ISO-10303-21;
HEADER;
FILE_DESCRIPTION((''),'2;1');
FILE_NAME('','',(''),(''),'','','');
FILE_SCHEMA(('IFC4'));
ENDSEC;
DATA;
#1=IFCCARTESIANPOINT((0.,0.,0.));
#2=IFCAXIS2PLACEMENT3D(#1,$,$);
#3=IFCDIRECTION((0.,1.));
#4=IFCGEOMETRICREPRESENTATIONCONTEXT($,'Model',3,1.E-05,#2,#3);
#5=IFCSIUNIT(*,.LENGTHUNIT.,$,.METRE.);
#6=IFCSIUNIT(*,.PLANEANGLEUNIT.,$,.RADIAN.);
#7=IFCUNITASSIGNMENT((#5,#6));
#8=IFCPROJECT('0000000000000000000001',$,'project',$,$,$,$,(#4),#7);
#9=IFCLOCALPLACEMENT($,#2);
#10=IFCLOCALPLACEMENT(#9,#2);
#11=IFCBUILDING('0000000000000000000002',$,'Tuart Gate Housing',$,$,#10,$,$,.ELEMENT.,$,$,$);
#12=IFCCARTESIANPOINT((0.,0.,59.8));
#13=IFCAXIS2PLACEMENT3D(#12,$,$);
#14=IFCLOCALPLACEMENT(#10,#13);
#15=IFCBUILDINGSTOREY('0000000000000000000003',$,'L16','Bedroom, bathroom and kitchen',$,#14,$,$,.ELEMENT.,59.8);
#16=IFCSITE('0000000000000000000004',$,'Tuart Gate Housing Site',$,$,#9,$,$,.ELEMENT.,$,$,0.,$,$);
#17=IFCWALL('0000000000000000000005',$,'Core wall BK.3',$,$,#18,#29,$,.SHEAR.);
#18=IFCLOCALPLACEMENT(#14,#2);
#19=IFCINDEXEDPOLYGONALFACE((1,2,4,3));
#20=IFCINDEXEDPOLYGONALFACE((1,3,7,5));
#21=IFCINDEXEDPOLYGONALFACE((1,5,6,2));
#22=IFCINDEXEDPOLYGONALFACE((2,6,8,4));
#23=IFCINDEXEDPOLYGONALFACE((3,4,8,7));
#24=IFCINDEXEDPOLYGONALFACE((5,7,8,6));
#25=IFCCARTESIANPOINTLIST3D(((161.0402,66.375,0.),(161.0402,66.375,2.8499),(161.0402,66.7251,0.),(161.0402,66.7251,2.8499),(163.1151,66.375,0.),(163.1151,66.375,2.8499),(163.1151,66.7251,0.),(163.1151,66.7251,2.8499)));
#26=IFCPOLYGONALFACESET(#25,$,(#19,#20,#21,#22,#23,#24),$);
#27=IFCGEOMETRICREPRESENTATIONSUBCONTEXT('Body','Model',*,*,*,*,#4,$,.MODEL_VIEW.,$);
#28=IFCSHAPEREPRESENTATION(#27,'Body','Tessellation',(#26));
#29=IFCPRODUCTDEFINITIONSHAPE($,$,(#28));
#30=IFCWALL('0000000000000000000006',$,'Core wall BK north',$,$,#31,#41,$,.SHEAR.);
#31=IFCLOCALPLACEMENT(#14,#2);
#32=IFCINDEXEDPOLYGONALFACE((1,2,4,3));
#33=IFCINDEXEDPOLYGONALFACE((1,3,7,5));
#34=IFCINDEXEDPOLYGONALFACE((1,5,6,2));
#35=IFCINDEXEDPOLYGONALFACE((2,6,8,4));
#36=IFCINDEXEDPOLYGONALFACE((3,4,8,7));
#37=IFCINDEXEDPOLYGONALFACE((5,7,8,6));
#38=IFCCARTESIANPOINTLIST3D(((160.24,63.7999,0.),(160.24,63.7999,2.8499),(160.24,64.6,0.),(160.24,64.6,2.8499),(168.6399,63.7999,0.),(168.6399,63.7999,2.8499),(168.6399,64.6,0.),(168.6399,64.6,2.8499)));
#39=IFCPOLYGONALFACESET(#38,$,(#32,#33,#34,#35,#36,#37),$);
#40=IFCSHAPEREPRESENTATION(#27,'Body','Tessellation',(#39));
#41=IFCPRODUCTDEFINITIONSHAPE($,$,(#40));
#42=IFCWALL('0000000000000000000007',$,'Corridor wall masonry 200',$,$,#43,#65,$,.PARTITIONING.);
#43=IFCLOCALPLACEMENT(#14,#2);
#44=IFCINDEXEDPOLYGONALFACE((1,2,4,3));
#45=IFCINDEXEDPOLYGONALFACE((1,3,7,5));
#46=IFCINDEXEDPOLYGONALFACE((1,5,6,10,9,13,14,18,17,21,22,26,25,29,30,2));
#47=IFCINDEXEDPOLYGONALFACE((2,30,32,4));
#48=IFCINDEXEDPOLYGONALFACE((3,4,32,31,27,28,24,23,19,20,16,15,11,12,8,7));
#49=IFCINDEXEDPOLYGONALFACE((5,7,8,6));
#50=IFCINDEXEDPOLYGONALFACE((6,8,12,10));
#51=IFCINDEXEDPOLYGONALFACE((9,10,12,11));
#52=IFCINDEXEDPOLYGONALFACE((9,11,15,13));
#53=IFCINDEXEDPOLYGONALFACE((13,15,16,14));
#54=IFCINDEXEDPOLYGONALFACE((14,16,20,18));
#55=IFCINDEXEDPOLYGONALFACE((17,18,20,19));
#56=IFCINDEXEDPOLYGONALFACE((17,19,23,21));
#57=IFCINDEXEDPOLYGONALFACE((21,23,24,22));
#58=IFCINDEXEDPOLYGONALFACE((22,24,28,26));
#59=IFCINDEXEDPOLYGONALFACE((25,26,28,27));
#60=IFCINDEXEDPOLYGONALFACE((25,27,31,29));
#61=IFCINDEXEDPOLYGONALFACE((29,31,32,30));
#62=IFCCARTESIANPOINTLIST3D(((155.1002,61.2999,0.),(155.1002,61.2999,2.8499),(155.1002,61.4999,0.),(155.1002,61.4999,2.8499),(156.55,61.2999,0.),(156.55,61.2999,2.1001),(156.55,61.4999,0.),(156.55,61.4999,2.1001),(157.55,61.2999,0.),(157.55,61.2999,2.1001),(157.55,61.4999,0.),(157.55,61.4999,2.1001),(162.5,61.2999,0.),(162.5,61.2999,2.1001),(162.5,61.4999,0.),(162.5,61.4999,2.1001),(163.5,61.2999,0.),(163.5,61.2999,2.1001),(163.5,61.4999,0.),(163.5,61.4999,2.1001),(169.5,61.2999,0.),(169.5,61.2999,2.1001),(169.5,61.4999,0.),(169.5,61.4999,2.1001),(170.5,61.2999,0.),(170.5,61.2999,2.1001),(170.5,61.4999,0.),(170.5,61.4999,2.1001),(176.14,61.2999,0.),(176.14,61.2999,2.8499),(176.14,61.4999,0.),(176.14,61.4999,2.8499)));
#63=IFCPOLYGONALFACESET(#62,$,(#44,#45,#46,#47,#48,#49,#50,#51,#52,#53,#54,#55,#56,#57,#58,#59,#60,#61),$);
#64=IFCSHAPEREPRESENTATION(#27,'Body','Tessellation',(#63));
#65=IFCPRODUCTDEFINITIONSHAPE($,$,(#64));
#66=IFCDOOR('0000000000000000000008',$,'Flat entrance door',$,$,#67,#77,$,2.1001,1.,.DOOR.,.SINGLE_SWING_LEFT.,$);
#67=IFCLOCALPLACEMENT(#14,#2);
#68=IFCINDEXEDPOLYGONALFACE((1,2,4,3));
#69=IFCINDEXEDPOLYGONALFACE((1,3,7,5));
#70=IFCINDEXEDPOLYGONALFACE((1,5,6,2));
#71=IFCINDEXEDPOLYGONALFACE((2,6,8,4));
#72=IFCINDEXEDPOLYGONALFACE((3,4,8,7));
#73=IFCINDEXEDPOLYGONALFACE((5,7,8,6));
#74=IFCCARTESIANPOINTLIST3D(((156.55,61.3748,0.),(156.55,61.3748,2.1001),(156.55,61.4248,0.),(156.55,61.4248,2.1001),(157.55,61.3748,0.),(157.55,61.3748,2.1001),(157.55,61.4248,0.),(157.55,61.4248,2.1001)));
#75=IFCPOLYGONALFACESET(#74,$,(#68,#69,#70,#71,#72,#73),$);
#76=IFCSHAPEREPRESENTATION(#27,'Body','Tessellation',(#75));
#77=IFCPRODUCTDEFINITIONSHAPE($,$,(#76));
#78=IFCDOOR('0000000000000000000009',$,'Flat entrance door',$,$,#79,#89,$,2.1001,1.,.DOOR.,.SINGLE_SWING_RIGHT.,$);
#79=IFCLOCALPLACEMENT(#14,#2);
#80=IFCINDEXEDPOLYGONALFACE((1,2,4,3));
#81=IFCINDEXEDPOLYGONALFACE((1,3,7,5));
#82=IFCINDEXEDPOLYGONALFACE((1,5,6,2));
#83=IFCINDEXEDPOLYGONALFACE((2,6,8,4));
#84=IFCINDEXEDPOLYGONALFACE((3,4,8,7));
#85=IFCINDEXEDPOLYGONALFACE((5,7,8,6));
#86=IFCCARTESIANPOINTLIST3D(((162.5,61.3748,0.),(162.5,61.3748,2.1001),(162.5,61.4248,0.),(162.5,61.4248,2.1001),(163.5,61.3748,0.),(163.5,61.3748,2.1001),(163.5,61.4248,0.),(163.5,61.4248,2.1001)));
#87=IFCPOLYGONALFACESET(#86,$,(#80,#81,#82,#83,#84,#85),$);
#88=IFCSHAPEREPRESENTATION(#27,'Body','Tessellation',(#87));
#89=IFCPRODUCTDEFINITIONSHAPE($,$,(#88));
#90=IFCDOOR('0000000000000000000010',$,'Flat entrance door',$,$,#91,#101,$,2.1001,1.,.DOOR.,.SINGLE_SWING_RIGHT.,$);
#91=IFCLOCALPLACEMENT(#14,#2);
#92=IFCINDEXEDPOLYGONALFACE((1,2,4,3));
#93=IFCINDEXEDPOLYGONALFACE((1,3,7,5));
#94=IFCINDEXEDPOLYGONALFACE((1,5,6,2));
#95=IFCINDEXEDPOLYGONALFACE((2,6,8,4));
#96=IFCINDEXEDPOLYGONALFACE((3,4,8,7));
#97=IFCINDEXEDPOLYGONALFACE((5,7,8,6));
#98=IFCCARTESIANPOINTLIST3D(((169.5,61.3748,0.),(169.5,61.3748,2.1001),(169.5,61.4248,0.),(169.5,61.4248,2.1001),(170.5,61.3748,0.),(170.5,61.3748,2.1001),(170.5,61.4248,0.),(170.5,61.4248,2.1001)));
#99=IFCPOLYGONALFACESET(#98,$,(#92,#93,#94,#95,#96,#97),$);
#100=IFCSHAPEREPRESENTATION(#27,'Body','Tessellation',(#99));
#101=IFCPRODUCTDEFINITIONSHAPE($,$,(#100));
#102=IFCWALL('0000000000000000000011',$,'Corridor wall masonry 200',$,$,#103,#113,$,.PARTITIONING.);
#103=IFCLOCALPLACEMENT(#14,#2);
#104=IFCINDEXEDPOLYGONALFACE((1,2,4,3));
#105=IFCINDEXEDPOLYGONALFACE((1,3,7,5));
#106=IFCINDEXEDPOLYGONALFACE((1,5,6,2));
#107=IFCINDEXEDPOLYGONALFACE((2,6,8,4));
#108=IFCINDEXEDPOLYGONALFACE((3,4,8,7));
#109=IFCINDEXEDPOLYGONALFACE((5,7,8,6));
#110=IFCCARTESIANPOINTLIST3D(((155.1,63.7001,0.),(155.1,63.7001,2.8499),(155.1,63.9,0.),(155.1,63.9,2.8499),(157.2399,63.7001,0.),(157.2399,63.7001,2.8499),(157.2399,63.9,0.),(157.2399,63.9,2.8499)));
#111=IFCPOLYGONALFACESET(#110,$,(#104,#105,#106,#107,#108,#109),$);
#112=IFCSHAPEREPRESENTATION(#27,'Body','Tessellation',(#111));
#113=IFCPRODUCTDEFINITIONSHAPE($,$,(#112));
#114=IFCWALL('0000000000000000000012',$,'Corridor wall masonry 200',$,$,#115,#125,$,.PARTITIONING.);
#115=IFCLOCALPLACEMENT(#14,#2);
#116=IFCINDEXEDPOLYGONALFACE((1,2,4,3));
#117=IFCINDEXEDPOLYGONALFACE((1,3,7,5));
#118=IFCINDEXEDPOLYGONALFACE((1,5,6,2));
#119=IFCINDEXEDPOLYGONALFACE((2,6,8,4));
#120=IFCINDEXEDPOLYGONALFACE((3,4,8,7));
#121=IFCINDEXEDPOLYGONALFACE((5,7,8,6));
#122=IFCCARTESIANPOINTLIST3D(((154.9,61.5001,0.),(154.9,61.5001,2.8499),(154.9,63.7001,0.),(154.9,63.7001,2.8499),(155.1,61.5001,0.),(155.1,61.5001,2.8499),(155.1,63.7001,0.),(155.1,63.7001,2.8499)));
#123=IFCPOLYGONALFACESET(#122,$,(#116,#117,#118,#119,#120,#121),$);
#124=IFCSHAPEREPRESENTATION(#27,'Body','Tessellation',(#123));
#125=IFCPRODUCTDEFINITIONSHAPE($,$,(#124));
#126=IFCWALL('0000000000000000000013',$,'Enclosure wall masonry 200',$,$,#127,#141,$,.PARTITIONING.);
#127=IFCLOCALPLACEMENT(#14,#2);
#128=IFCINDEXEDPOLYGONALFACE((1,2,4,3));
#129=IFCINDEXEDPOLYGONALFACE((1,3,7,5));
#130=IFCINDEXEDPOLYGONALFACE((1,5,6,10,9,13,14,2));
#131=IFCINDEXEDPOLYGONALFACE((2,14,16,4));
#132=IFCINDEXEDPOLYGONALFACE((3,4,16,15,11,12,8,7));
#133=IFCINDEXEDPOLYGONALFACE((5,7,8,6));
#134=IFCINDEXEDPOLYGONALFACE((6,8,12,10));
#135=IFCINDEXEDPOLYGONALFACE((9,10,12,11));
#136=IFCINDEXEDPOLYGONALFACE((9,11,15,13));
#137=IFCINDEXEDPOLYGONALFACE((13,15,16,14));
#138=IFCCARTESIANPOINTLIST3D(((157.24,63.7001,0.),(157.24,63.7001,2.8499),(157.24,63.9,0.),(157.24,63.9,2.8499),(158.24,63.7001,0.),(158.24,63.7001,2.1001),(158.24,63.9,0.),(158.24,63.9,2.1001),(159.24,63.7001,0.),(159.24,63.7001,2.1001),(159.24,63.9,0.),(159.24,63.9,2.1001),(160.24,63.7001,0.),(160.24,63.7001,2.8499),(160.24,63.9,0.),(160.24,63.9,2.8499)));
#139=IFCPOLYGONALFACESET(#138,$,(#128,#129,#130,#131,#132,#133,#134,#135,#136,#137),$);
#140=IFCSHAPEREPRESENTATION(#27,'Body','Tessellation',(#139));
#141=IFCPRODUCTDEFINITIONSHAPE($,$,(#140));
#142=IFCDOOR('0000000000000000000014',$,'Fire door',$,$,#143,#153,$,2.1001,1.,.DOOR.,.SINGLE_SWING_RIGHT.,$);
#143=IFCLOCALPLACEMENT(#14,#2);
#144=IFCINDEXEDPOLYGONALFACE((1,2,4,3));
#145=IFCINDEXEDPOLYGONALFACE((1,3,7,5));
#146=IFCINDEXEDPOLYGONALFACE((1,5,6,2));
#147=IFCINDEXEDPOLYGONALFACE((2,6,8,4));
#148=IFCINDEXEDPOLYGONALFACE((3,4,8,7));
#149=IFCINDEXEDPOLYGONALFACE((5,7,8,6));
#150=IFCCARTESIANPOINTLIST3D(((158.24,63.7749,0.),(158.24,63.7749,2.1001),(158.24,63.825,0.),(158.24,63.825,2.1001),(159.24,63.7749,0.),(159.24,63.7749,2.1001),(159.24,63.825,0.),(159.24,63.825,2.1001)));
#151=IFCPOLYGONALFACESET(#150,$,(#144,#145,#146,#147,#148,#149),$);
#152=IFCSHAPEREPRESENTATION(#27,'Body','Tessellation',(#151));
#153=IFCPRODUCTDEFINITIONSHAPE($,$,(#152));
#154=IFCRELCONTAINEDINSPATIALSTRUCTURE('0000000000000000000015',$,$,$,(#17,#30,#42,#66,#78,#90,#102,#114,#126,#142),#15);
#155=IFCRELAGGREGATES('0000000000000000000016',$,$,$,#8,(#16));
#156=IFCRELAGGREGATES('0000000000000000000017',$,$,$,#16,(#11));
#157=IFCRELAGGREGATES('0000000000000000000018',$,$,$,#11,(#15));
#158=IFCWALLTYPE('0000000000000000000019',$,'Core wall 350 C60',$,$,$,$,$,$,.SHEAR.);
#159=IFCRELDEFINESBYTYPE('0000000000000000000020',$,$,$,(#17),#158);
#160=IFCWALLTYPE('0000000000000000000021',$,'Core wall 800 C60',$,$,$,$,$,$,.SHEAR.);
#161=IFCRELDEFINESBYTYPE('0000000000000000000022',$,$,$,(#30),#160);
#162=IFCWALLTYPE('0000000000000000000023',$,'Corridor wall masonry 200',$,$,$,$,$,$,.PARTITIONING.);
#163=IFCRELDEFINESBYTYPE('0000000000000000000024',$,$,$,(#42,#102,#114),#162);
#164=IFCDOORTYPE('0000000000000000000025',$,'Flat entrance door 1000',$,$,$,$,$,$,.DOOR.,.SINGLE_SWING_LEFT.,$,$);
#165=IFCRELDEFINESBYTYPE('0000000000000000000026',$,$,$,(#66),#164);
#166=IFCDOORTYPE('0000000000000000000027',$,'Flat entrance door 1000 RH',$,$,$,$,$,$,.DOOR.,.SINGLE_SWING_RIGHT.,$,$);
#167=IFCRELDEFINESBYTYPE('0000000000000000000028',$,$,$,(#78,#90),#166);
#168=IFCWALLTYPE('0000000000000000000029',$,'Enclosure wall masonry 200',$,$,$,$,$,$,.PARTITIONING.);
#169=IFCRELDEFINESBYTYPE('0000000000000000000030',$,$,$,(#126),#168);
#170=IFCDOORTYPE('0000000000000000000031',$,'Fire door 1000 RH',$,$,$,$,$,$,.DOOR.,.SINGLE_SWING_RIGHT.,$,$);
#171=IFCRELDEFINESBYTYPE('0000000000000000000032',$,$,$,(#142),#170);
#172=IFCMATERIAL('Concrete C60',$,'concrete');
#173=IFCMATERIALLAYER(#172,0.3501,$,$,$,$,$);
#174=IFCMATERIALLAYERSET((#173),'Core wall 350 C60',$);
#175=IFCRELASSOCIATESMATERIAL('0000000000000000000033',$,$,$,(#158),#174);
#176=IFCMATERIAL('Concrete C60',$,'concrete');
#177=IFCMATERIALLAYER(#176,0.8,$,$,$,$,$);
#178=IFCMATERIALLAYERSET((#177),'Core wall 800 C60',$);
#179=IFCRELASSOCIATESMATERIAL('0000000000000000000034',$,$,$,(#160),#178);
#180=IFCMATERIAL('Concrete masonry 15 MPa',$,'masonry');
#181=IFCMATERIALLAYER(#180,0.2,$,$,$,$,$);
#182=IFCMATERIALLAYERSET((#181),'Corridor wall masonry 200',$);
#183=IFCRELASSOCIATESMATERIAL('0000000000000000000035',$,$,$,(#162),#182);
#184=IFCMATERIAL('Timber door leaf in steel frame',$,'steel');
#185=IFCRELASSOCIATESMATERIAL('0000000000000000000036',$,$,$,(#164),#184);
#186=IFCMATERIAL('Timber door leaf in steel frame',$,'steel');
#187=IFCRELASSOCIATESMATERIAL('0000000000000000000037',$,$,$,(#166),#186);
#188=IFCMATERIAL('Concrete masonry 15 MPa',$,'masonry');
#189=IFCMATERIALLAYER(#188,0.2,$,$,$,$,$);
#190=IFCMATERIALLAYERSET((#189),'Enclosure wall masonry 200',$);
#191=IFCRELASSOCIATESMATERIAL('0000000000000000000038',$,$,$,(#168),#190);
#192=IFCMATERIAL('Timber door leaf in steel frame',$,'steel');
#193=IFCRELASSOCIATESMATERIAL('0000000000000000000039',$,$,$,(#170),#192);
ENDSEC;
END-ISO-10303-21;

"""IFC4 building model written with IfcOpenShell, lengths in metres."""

from ifc_helpers import new_model, si_unit, direction, frame, frame_2d, origin, place, context, subcontext, project, spatial, rectangle, extrude, material, layer, layer_set, type_object, element, fill, save


model = new_model("IFC4")

# Units and contexts
model_context = context("Model", 3, precision=1e-05, world=origin(), true_north=direction((0.0, 1.0)))
body_context = subcontext(model_context, "Body", "Model", "MODEL_VIEW")
ifc_project = project(units=[si_unit("LENGTHUNIT", "METRE"), si_unit("PLANEANGLEUNIT", "RADIAN")], contexts=[model_context])

# Site, building, storey
site_placement = place(None, origin())
site = spatial("IfcSite", under=ifc_project, at=site_placement, Name="Tuart Gate Housing Site", CompositionType="ELEMENT", RefElevation=0.0)
building_placement = place(site_placement, origin())
building = spatial("IfcBuilding", under=site, at=building_placement, Name="Tuart Gate Housing", CompositionType="ELEMENT")
storey_placement = place(building_placement, frame((0.0, 0.0, 59.8)))
storey = spatial("IfcBuildingStorey", under=building, at=storey_placement, Name="L16", Description="Bedroom, bathroom and kitchen", CompositionType="ELEMENT", Elevation=59.8)

# Walls
ifc_material_1 = material(Name="Concrete C60", Category="concrete")
ifc_layer_1 = layer(ifc_material_1, 0.3501)
ifc_layer_set_1 = layer_set([ifc_layer_1], Name="Core wall 350 C60")
wall_type_1 = type_object("IfcWallType", Name="Core wall 350 C60", PredefinedType="SHEAR", material=ifc_layer_set_1)
wall_1_placement = place(storey_placement, frame((161.04, 66.55, 0.0), z_axis=(0.0, 0.0, 1.0), x_axis=(1.0, 0.0, 0.0)))
element("IfcWall", 1, at=wall_1_placement, inside=storey, type_object=wall_type_1, Name="Core wall BK.3", PredefinedType="SHEAR", context=body_context, shape_type="SweptSolid", body=[
    extrude(rectangle(XDim=2.075, YDim=0.3501, at=frame_2d((1.0376, 0.0))), origin(), (0.0, 0.0, 1.0), 2.8499),
])
ifc_material_2 = material(Name="Concrete C60", Category="concrete")
ifc_layer_2 = layer(ifc_material_2, 0.8)
ifc_layer_set_2 = layer_set([ifc_layer_2], Name="Core wall 800 C60")
wall_type_2 = type_object("IfcWallType", Name="Core wall 800 C60", PredefinedType="SHEAR", material=ifc_layer_set_2)
wall_2_placement = place(storey_placement, frame((160.24, 64.2, 0.0), z_axis=(0.0, 0.0, 1.0), x_axis=(1.0, 0.0, 0.0)))
element("IfcWall", 2, at=wall_2_placement, inside=storey, type_object=wall_type_2, Name="Core wall BK north", PredefinedType="SHEAR", context=body_context, shape_type="SweptSolid", body=[
    extrude(rectangle(XDim=8.3999, YDim=0.8, at=frame_2d((4.2, 0.0))), origin(), (0.0, 0.0, 1.0), 2.8499),
])

# Wall, openings, doors
ifc_material_3 = material(Name="Concrete masonry 15 MPa", Category="masonry")
ifc_layer_3 = layer(ifc_material_3, 0.2)
ifc_layer_set_3 = layer_set([ifc_layer_3], Name="Corridor wall masonry 200")
wall_type_3 = type_object("IfcWallType", Name="Corridor wall masonry 200", PredefinedType="PARTITIONING", material=ifc_layer_set_3)
wall_3_placement = place(storey_placement, frame((155.1001, 61.3999, 0.0), z_axis=(0.0, 0.0, 1.0), x_axis=(1.0, 0.0, 0.0)))
wall_3 = element("IfcWall", 3, at=wall_3_placement, inside=storey, type_object=wall_type_3, Name="Corridor wall masonry 200", PredefinedType="PARTITIONING", context=body_context, shape_type="SweptSolid", body=[
    extrude(rectangle(XDim=21.0398, YDim=0.2, at=frame_2d((10.52, 0.0))), origin(), (0.0, 0.0, 1.0), 2.8499),
])
opening_1_placement = place(wall_3_placement, frame((1.45, 0.0, 0.0)))
opening_1 = element("IfcOpeningElement", 4, at=opening_1_placement, cuts=wall_3, PredefinedType="OPENING", context=body_context, shape_type="SweptSolid", body=[
    extrude(rectangle(XDim=1.0, YDim=2.1001, at=frame_2d((0.5, 1.05))), frame((0.0, 0.1099, 0.0), z_axis=(0.0, -1.0, 0.0), x_axis=(1.0, 0.0, 0.0)), (0.0, 0.0, 1.0), 0.22),
])
opening_2_placement = place(wall_3_placement, frame((7.3999, 0.0, 0.0)))
opening_2 = element("IfcOpeningElement", 5, at=opening_2_placement, cuts=wall_3, PredefinedType="OPENING", context=body_context, shape_type="SweptSolid", body=[
    extrude(rectangle(XDim=1.0, YDim=2.1001, at=frame_2d((0.5, 1.05))), frame((0.0, 0.1099, 0.0), z_axis=(0.0, -1.0, 0.0), x_axis=(1.0, 0.0, 0.0)), (0.0, 0.0, 1.0), 0.22),
])
opening_3_placement = place(wall_3_placement, frame((14.3999, 0.0, 0.0)))
opening_3 = element("IfcOpeningElement", 6, at=opening_3_placement, cuts=wall_3, PredefinedType="OPENING", context=body_context, shape_type="SweptSolid", body=[
    extrude(rectangle(XDim=1.0, YDim=2.1001, at=frame_2d((0.5, 1.05))), frame((0.0, 0.1099, 0.0), z_axis=(0.0, -1.0, 0.0), x_axis=(1.0, 0.0, 0.0)), (0.0, 0.0, 1.0), 0.22),
])
ifc_material_4 = material(Name="Timber door leaf in steel frame", Category="steel")
door_type_1 = type_object("IfcDoorType", Name="Flat entrance door 1000", OperationType="SINGLE_SWING_LEFT", PredefinedType="DOOR", material=ifc_material_4)
door_1_placement = place(opening_1_placement, frame((1.0, 0.0, 0.0), z_axis=(0.0, 0.0, 1.0), x_axis=(-1.0, 0.0, 0.0)))
door_1 = element("IfcDoor", 7, at=door_1_placement, inside=storey, type_object=door_type_1, Name="Flat entrance door", OperationType="SINGLE_SWING_LEFT", OverallHeight=2.1001, OverallWidth=1.0, PredefinedType="DOOR", context=body_context, shape_type="SweptSolid", body=[
    extrude(rectangle(XDim=1.0, YDim=2.1001, at=frame_2d((0.5, 1.05))), frame((0.0, 0.0251, 0.0), z_axis=(0.0, -1.0, 0.0), x_axis=(1.0, 0.0, 0.0)), (0.0, 0.0, 1.0), 0.05),
])
fill(opening_1, door_1)
ifc_material_5 = material(Name="Timber door leaf in steel frame", Category="steel")
door_type_2 = type_object("IfcDoorType", Name="Flat entrance door 1000 RH", OperationType="SINGLE_SWING_RIGHT", PredefinedType="DOOR", material=ifc_material_5)
door_2_placement = place(opening_2_placement, frame((1.0, 0.0, 0.0), z_axis=(0.0, 0.0, 1.0), x_axis=(-1.0, 0.0, 0.0)))
door_2 = element("IfcDoor", 8, at=door_2_placement, inside=storey, type_object=door_type_2, Name="Flat entrance door", OperationType="SINGLE_SWING_RIGHT", OverallHeight=2.1001, OverallWidth=1.0, PredefinedType="DOOR", context=body_context, shape_type="SweptSolid", body=[
    extrude(rectangle(XDim=1.0, YDim=2.1001, at=frame_2d((0.5, 1.05))), frame((0.0, 0.0251, 0.0), z_axis=(0.0, -1.0, 0.0), x_axis=(1.0, 0.0, 0.0)), (0.0, 0.0, 1.0), 0.05),
])
fill(opening_2, door_2)
door_3_placement = place(opening_3_placement, frame((1.0, 0.0, 0.0), z_axis=(0.0, 0.0, 1.0), x_axis=(-1.0, 0.0, 0.0)))
door_3 = element("IfcDoor", 9, at=door_3_placement, inside=storey, type_object=door_type_2, Name="Flat entrance door", OperationType="SINGLE_SWING_RIGHT", OverallHeight=2.1001, OverallWidth=1.0, PredefinedType="DOOR", context=body_context, shape_type="SweptSolid", body=[
    extrude(rectangle(XDim=1.0, YDim=2.1001, at=frame_2d((0.5, 1.05))), frame((0.0, 0.0251, 0.0), z_axis=(0.0, -1.0, 0.0), x_axis=(1.0, 0.0, 0.0)), (0.0, 0.0, 1.0), 0.05),
])
fill(opening_3, door_3)

# Walls
wall_4_placement = place(storey_placement, frame((155.1001, 63.8, 0.0), z_axis=(0.0, 0.0, 1.0), x_axis=(1.0, 0.0, 0.0)))
element("IfcWall", 10, at=wall_4_placement, inside=storey, type_object=wall_type_3, Name="Corridor wall masonry 200", PredefinedType="PARTITIONING", context=body_context, shape_type="SweptSolid", body=[
    extrude(rectangle(XDim=2.1399, YDim=0.2, at=frame_2d((1.0698, 0.0))), origin(), (0.0, 0.0, 1.0), 2.8499),
])
wall_5_placement = place(storey_placement, frame((155.0, 61.5, 0.0), z_axis=(0.0, 0.0, 1.0), x_axis=(0.0, 1.0, 0.0)))
element("IfcWall", 11, at=wall_5_placement, inside=storey, type_object=wall_type_3, Name="Corridor wall masonry 200", PredefinedType="PARTITIONING", context=body_context, shape_type="SweptSolid", body=[
    extrude(rectangle(XDim=2.2, YDim=0.2, at=frame_2d((1.1001, 0.0))), origin(), (0.0, 0.0, 1.0), 2.8499),
])

# Wall, opening, door
ifc_material_6 = material(Name="Concrete masonry 15 MPa", Category="masonry")
ifc_layer_4 = layer(ifc_material_6, 0.2)
ifc_layer_set_4 = layer_set([ifc_layer_4], Name="Enclosure wall masonry 200")
wall_type_4 = type_object("IfcWallType", Name="Enclosure wall masonry 200", PredefinedType="PARTITIONING", material=ifc_layer_set_4)
wall_6_placement = place(storey_placement, frame((157.24, 63.8, 0.0), z_axis=(0.0, 0.0, 1.0), x_axis=(1.0, 0.0, 0.0)))
wall_6 = element("IfcWall", 12, at=wall_6_placement, inside=storey, type_object=wall_type_4, Name="Enclosure wall masonry 200", PredefinedType="PARTITIONING", context=body_context, shape_type="SweptSolid", body=[
    extrude(rectangle(XDim=3.0, YDim=0.2, at=frame_2d((1.5, 0.0))), origin(), (0.0, 0.0, 1.0), 2.8499),
])
opening_4_placement = place(wall_6_placement, frame((1.0, 0.0, 0.0)))
opening_4 = element("IfcOpeningElement", 13, at=opening_4_placement, cuts=wall_6, PredefinedType="OPENING", context=body_context, shape_type="SweptSolid", body=[
    extrude(rectangle(XDim=1.0, YDim=2.1001, at=frame_2d((0.5, 1.05))), frame((0.0, 0.1099, 0.0), z_axis=(0.0, -1.0, 0.0), x_axis=(1.0, 0.0, 0.0)), (0.0, 0.0, 1.0), 0.22),
])
ifc_material_7 = material(Name="Timber door leaf in steel frame", Category="steel")
door_type_3 = type_object("IfcDoorType", Name="Fire door 1000 RH", OperationType="SINGLE_SWING_RIGHT", PredefinedType="DOOR", material=ifc_material_7)
door_4_placement = place(opening_4_placement, frame((1.0, 0.0, 0.0), z_axis=(0.0, 0.0, 1.0), x_axis=(-1.0, 0.0, 0.0)))
door_4 = element("IfcDoor", 14, at=door_4_placement, inside=storey, type_object=door_type_3, Name="Fire door", OperationType="SINGLE_SWING_RIGHT", OverallHeight=2.1001, OverallWidth=1.0, PredefinedType="DOOR", context=body_context, shape_type="SweptSolid", body=[
    extrude(rectangle(XDim=1.0, YDim=2.1001, at=frame_2d((0.5, 1.05))), frame((0.0, 0.0251, 0.0), z_axis=(0.0, -1.0, 0.0), x_axis=(1.0, 0.0, 0.0)), (0.0, 0.0, 1.0), 0.05),
])
fill(opening_4, door_4)

save(model, "model.ifc")
